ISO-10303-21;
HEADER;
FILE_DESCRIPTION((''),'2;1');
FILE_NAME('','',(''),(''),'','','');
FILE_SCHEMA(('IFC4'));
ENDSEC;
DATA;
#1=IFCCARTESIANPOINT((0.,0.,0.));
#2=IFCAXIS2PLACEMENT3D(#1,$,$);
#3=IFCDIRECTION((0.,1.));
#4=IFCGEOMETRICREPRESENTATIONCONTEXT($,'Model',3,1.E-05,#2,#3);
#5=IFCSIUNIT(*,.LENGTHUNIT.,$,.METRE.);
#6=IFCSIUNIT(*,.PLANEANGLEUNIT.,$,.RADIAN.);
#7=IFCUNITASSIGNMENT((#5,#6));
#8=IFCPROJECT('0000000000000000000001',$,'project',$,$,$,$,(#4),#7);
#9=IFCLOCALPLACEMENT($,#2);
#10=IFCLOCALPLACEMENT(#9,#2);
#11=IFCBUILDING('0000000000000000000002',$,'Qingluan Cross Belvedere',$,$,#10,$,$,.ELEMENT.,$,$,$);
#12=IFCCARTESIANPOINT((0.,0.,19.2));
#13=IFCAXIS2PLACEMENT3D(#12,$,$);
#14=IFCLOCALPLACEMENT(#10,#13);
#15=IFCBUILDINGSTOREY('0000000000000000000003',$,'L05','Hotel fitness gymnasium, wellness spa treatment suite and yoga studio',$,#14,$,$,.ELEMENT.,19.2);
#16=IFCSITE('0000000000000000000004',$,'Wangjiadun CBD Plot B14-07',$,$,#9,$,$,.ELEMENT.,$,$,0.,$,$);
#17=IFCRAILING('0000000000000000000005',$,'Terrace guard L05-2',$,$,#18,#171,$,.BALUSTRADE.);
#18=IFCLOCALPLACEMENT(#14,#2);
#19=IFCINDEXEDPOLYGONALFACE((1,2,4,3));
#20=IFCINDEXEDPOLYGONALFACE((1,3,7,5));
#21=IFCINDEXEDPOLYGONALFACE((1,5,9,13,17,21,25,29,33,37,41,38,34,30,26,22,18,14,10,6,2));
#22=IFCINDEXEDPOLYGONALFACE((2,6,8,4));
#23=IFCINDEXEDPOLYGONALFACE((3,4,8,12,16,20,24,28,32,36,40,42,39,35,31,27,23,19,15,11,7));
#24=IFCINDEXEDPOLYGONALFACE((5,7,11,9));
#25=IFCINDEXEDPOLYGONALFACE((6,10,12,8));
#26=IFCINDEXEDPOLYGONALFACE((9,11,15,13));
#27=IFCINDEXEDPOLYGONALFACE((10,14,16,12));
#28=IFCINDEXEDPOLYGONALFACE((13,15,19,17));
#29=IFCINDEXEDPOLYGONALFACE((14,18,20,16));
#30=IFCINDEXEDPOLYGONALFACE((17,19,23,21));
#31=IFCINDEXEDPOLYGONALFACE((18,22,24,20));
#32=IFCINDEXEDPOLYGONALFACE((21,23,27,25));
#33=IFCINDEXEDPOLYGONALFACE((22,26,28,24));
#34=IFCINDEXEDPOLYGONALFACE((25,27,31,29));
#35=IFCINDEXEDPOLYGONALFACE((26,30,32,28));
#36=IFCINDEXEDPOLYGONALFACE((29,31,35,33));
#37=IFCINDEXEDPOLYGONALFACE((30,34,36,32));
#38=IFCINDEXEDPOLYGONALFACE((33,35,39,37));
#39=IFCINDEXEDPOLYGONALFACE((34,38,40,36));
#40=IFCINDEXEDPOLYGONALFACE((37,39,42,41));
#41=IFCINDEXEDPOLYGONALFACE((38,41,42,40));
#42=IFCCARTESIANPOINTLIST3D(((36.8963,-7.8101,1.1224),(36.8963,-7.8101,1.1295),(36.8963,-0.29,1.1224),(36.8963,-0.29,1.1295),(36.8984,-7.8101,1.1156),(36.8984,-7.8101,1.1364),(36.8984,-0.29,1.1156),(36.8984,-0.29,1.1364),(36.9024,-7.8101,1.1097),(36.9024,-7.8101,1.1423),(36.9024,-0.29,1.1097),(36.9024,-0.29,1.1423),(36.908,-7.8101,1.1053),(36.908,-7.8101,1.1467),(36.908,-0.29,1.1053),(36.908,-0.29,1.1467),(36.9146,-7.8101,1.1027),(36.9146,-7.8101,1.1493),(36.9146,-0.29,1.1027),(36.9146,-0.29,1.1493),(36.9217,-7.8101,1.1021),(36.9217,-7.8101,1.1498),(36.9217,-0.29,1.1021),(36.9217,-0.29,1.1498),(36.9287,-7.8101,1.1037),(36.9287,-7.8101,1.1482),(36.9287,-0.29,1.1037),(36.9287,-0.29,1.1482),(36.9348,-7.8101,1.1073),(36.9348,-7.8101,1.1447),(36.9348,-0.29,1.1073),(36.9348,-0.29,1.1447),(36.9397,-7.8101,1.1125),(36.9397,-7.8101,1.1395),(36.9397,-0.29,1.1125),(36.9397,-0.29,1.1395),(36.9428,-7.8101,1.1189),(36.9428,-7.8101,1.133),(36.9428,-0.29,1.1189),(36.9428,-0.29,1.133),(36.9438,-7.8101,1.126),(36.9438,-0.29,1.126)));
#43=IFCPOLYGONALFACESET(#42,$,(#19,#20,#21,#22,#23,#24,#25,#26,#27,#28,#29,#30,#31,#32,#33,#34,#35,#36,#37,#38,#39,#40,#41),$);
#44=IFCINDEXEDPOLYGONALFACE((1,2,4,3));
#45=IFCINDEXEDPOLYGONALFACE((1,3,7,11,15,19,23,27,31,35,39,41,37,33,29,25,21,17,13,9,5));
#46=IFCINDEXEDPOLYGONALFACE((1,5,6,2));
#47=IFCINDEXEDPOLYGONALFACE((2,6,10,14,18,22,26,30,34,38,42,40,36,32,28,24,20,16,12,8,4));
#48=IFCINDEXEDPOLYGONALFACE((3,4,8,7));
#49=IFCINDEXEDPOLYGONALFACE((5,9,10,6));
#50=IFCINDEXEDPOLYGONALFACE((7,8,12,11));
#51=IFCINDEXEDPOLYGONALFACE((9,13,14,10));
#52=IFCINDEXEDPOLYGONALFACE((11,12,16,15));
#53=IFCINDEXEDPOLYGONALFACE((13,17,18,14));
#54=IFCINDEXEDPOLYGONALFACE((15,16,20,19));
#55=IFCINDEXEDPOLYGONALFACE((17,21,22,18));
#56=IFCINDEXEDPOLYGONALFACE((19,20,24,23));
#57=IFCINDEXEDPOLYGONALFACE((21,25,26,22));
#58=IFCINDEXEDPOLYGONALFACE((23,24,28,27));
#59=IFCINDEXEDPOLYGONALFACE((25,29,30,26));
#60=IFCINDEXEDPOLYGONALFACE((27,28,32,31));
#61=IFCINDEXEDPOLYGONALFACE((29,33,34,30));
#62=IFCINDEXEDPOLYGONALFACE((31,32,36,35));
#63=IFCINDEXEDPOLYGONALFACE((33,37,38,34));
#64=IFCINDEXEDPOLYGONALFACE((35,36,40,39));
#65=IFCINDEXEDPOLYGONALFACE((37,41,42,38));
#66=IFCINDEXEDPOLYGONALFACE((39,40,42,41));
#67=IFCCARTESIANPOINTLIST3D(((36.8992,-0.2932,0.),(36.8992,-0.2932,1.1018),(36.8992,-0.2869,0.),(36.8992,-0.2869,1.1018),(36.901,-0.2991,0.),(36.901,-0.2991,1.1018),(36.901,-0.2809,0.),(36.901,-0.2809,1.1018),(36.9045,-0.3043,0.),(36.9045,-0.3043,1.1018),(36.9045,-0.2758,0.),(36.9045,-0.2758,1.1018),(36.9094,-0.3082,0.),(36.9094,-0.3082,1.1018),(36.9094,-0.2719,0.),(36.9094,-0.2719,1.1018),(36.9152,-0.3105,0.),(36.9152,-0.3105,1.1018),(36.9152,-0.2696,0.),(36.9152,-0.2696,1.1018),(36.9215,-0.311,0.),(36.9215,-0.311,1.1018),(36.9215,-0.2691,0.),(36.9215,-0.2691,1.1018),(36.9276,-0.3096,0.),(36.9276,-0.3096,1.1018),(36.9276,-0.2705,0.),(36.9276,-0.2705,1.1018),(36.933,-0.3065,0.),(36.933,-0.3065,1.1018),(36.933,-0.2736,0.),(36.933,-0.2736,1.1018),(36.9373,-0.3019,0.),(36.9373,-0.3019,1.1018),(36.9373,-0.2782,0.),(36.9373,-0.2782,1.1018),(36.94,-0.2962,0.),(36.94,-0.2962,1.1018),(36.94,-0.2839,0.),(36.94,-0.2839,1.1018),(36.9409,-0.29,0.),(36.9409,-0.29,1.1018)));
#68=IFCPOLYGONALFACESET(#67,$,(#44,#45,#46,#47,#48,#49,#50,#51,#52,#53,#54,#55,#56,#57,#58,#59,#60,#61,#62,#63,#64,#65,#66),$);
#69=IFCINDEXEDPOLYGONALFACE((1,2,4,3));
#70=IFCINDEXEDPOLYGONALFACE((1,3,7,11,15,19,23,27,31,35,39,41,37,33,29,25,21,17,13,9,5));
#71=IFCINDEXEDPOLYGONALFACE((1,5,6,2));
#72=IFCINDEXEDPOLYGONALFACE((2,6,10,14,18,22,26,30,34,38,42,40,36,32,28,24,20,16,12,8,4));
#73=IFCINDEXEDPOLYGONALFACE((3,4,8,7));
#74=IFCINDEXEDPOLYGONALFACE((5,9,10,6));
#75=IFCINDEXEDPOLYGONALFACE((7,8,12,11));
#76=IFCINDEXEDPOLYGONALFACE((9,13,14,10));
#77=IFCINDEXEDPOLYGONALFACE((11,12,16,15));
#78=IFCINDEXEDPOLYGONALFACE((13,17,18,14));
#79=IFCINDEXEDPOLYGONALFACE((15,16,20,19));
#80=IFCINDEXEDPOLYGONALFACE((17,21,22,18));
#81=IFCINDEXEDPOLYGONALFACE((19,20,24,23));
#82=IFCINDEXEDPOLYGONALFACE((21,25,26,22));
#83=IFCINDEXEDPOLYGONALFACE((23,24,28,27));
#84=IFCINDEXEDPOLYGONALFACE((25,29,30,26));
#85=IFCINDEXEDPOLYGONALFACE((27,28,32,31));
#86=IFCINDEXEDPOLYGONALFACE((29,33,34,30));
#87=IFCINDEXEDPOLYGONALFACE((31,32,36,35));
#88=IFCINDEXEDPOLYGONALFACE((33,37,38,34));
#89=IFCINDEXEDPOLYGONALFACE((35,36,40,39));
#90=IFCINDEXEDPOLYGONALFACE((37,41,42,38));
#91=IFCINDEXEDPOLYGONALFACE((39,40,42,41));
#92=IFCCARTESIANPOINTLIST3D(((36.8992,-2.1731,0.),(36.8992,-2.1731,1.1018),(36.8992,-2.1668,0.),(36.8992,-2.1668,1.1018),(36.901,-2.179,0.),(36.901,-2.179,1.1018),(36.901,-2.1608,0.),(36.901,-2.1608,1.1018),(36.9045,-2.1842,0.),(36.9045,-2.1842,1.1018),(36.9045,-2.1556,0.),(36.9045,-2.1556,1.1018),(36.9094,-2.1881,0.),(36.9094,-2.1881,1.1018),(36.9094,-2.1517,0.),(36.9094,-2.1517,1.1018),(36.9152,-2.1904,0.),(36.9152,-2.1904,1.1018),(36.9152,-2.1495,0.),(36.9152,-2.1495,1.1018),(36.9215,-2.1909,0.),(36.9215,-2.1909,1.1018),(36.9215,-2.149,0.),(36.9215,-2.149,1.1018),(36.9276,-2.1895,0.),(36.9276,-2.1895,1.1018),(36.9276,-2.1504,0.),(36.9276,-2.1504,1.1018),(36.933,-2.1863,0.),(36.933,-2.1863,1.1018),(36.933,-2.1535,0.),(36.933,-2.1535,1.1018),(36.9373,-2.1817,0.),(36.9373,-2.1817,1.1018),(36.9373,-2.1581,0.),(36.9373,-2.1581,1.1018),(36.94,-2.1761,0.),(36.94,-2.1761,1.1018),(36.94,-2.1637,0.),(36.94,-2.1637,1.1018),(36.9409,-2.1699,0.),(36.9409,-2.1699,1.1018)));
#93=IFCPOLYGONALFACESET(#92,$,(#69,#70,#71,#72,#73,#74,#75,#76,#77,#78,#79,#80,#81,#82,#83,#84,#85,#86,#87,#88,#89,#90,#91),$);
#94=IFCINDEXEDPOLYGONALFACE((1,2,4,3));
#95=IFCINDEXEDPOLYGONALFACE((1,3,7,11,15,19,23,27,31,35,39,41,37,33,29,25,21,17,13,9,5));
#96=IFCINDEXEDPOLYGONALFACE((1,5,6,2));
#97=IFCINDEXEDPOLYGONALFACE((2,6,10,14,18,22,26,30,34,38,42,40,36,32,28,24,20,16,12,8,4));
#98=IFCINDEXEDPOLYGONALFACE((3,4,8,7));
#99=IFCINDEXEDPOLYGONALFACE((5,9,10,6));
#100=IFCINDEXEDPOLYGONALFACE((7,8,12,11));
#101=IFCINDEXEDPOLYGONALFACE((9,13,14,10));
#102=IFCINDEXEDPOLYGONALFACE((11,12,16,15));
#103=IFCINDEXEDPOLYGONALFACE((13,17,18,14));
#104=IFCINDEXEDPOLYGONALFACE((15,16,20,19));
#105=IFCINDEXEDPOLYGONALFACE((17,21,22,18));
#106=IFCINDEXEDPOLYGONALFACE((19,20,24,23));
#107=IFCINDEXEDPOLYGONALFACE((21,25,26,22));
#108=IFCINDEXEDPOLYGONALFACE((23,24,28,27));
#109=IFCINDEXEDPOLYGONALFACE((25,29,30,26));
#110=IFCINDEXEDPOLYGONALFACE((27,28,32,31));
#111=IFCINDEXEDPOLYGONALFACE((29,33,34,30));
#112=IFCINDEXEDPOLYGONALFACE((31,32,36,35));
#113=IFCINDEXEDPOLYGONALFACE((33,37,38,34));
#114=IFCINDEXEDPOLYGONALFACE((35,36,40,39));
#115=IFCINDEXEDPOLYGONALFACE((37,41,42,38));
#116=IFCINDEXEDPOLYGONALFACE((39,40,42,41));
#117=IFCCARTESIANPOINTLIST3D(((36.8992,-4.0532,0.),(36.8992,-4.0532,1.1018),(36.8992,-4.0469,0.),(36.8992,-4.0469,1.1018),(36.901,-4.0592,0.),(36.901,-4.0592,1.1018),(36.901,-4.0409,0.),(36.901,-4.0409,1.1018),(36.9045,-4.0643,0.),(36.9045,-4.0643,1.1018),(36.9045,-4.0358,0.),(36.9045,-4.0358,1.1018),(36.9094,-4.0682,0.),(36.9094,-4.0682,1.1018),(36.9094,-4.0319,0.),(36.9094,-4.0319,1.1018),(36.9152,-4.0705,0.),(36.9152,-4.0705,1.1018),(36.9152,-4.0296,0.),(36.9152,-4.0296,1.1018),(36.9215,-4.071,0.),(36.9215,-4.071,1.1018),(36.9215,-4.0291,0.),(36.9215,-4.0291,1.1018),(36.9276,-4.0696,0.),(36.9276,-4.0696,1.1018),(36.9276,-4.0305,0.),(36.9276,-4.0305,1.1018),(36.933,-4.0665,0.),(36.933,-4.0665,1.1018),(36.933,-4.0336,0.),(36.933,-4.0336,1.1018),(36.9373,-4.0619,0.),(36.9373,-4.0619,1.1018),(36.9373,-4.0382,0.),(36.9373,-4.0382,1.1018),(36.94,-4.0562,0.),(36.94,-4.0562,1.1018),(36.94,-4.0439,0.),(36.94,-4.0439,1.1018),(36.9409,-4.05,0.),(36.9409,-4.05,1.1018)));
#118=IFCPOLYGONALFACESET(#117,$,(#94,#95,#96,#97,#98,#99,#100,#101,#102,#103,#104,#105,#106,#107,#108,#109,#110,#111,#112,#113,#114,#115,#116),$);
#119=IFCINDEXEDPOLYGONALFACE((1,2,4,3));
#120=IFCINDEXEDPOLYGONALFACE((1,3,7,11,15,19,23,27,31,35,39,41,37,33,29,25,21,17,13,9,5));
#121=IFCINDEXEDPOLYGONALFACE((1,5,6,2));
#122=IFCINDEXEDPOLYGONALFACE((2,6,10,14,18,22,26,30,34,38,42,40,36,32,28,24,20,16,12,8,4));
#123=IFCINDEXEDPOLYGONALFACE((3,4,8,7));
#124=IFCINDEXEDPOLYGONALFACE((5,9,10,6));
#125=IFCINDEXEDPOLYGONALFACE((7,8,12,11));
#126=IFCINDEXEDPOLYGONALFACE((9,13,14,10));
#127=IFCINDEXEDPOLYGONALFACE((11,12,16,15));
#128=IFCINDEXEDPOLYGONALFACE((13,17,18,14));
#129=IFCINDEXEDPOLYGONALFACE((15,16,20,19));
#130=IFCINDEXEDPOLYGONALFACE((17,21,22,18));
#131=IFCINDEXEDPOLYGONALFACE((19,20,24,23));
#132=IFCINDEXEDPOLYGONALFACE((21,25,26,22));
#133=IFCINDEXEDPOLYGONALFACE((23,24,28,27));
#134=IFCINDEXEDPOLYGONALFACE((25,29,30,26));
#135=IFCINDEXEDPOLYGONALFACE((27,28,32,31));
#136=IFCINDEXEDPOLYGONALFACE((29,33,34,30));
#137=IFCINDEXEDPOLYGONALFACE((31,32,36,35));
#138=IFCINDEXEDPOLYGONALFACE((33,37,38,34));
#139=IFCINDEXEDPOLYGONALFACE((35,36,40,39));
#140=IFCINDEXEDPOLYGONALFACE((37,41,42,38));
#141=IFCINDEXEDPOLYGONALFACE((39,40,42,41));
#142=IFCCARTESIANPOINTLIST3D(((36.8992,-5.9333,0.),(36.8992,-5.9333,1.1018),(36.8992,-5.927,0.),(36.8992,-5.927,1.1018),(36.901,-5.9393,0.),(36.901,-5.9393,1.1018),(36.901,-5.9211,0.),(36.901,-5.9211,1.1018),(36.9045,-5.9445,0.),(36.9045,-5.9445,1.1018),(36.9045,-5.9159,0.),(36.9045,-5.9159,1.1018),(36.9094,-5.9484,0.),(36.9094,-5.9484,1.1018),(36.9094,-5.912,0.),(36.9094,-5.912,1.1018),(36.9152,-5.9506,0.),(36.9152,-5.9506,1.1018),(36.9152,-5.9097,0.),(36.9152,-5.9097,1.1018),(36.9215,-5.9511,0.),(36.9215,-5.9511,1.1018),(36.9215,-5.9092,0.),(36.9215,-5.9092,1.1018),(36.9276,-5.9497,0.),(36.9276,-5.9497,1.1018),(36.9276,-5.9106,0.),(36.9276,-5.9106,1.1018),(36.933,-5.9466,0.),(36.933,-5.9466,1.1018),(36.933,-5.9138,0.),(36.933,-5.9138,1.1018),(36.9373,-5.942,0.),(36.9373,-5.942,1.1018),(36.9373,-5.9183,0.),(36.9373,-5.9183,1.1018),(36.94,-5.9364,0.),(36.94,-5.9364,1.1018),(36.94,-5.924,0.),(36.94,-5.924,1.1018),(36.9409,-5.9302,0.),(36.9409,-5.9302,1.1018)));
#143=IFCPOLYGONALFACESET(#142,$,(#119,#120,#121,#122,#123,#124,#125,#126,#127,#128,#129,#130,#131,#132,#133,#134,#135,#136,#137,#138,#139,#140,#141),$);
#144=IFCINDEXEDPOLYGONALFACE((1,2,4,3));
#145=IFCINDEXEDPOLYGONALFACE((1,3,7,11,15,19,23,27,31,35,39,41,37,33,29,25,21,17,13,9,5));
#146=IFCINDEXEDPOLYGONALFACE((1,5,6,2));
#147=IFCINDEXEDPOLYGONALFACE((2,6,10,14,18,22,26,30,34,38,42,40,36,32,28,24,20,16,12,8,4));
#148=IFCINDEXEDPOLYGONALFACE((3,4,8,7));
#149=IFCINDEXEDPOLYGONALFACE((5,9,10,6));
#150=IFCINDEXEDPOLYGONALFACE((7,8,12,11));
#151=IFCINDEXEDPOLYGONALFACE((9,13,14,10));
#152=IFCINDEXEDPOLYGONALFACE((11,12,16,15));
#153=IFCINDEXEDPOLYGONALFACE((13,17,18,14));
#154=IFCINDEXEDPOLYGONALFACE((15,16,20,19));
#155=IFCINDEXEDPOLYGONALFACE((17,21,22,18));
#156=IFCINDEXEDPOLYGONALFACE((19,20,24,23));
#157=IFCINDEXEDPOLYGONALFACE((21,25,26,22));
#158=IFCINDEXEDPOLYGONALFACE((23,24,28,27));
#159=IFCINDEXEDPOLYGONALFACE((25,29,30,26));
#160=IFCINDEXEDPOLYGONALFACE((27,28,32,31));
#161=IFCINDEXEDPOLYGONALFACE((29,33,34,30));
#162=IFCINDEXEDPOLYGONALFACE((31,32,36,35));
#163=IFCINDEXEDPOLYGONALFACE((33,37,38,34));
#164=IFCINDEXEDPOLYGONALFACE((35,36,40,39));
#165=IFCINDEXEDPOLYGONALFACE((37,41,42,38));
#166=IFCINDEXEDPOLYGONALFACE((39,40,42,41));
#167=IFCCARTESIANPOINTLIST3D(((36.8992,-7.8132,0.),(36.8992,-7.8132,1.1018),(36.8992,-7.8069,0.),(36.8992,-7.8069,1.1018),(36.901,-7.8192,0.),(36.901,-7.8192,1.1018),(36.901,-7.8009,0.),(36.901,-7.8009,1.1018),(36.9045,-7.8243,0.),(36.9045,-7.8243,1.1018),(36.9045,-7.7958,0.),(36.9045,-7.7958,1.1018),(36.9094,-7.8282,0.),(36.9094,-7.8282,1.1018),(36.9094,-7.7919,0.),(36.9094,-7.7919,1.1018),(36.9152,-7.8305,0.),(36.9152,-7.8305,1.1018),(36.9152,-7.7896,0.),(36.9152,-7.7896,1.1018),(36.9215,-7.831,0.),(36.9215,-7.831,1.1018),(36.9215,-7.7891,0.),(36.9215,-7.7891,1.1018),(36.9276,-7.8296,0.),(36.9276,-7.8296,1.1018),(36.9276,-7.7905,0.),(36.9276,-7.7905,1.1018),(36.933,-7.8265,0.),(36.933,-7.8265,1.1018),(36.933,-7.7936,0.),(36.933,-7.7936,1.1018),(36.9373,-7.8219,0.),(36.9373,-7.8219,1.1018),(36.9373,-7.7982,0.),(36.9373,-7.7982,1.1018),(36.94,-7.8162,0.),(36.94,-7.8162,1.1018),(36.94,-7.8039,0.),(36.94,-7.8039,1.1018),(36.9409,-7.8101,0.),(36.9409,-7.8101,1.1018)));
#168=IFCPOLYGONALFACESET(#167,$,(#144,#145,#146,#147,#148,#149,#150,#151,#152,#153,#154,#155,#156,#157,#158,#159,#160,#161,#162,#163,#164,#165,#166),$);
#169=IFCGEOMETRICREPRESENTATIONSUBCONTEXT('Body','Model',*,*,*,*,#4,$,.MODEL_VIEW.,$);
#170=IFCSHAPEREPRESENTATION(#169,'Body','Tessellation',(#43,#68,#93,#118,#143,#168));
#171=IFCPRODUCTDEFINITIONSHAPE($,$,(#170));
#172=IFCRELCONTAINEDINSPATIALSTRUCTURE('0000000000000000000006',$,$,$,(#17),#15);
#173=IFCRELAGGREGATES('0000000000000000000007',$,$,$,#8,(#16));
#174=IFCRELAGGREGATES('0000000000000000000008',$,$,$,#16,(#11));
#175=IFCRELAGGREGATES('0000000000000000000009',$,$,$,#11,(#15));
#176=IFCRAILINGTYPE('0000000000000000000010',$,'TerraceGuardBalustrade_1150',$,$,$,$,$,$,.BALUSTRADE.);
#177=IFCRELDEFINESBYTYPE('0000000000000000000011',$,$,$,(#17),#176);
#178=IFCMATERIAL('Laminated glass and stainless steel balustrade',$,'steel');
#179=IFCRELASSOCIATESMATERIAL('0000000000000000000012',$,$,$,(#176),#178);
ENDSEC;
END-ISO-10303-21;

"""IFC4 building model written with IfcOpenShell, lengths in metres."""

from ifc_helpers import new_model, si_unit, direction, frame, origin, origin_2d, place, context, subcontext, project, spatial, circle, extrude, material, type_object, element, save


model = new_model("IFC4")

# Units and contexts
model_context = context("Model", 3, precision=1e-05, world=origin(), true_north=direction((0.0, 1.0)))
body_context = subcontext(model_context, "Body", "Model", "MODEL_VIEW")
ifc_project = project(units=[si_unit("LENGTHUNIT", "METRE"), si_unit("PLANEANGLEUNIT", "RADIAN")], contexts=[model_context])

# Site, building, storey
site_placement = place(None, origin())
site = spatial("IfcSite", under=ifc_project, at=site_placement, Name="Wangjiadun CBD Plot B14-07", CompositionType="ELEMENT", RefElevation=0.0)
building_placement = place(site_placement, origin())
building = spatial("IfcBuilding", under=site, at=building_placement, Name="Qingluan Cross Belvedere", CompositionType="ELEMENT")
storey_placement = place(building_placement, frame((0.0, 0.0, 19.2)))
storey = spatial("IfcBuildingStorey", under=building, at=storey_placement, Name="L05", Description="Hotel fitness gymnasium, wellness spa treatment suite and yoga studio", CompositionType="ELEMENT", Elevation=19.2)

# Railing
ifc_material_1 = material(Name="Laminated glass and stainless steel balustrade", Category="steel")
railing_type = type_object("IfcRailingType", Name="TerraceGuardBalustrade_1150", PredefinedType="BALUSTRADE", material=ifc_material_1)
railing_placement = place(storey_placement, frame((36.9199, -0.29, 0.0)))
element("IfcRailing", 1, at=railing_placement, inside=storey, type_object=railing_type, Name="Terrace guard L05-2", PredefinedType="BALUSTRADE", context=body_context, shape_type="SweptSolid", body=[
    extrude(circle(Radius=0.0239, at=origin_2d()), frame((0.0, 0.0, 1.126), z_axis=(0.0, -1.0, 0.0), x_axis=(1.0, 0.0, 0.0)), (0.0, 0.0, 1.0), 7.52),
    extrude(circle(Radius=0.021, at=origin_2d()), origin(), (0.0, 0.0, 1.0), 1.1018),
    extrude(circle(Radius=0.021, at=origin_2d()), frame((0.0, -1.8799, 0.0)), (0.0, 0.0, 1.0), 1.1018),
    extrude(circle(Radius=0.021, at=origin_2d()), frame((0.0, -3.76, 0.0)), (0.0, 0.0, 1.0), 1.1018),
    extrude(circle(Radius=0.021, at=origin_2d()), frame((0.0, -5.6401, 0.0)), (0.0, 0.0, 1.0), 1.1018),
    extrude(circle(Radius=0.021, at=origin_2d()), frame((0.0, -7.52, 0.0)), (0.0, 0.0, 1.0), 1.1018),
])

save(model, "model.ifc")
